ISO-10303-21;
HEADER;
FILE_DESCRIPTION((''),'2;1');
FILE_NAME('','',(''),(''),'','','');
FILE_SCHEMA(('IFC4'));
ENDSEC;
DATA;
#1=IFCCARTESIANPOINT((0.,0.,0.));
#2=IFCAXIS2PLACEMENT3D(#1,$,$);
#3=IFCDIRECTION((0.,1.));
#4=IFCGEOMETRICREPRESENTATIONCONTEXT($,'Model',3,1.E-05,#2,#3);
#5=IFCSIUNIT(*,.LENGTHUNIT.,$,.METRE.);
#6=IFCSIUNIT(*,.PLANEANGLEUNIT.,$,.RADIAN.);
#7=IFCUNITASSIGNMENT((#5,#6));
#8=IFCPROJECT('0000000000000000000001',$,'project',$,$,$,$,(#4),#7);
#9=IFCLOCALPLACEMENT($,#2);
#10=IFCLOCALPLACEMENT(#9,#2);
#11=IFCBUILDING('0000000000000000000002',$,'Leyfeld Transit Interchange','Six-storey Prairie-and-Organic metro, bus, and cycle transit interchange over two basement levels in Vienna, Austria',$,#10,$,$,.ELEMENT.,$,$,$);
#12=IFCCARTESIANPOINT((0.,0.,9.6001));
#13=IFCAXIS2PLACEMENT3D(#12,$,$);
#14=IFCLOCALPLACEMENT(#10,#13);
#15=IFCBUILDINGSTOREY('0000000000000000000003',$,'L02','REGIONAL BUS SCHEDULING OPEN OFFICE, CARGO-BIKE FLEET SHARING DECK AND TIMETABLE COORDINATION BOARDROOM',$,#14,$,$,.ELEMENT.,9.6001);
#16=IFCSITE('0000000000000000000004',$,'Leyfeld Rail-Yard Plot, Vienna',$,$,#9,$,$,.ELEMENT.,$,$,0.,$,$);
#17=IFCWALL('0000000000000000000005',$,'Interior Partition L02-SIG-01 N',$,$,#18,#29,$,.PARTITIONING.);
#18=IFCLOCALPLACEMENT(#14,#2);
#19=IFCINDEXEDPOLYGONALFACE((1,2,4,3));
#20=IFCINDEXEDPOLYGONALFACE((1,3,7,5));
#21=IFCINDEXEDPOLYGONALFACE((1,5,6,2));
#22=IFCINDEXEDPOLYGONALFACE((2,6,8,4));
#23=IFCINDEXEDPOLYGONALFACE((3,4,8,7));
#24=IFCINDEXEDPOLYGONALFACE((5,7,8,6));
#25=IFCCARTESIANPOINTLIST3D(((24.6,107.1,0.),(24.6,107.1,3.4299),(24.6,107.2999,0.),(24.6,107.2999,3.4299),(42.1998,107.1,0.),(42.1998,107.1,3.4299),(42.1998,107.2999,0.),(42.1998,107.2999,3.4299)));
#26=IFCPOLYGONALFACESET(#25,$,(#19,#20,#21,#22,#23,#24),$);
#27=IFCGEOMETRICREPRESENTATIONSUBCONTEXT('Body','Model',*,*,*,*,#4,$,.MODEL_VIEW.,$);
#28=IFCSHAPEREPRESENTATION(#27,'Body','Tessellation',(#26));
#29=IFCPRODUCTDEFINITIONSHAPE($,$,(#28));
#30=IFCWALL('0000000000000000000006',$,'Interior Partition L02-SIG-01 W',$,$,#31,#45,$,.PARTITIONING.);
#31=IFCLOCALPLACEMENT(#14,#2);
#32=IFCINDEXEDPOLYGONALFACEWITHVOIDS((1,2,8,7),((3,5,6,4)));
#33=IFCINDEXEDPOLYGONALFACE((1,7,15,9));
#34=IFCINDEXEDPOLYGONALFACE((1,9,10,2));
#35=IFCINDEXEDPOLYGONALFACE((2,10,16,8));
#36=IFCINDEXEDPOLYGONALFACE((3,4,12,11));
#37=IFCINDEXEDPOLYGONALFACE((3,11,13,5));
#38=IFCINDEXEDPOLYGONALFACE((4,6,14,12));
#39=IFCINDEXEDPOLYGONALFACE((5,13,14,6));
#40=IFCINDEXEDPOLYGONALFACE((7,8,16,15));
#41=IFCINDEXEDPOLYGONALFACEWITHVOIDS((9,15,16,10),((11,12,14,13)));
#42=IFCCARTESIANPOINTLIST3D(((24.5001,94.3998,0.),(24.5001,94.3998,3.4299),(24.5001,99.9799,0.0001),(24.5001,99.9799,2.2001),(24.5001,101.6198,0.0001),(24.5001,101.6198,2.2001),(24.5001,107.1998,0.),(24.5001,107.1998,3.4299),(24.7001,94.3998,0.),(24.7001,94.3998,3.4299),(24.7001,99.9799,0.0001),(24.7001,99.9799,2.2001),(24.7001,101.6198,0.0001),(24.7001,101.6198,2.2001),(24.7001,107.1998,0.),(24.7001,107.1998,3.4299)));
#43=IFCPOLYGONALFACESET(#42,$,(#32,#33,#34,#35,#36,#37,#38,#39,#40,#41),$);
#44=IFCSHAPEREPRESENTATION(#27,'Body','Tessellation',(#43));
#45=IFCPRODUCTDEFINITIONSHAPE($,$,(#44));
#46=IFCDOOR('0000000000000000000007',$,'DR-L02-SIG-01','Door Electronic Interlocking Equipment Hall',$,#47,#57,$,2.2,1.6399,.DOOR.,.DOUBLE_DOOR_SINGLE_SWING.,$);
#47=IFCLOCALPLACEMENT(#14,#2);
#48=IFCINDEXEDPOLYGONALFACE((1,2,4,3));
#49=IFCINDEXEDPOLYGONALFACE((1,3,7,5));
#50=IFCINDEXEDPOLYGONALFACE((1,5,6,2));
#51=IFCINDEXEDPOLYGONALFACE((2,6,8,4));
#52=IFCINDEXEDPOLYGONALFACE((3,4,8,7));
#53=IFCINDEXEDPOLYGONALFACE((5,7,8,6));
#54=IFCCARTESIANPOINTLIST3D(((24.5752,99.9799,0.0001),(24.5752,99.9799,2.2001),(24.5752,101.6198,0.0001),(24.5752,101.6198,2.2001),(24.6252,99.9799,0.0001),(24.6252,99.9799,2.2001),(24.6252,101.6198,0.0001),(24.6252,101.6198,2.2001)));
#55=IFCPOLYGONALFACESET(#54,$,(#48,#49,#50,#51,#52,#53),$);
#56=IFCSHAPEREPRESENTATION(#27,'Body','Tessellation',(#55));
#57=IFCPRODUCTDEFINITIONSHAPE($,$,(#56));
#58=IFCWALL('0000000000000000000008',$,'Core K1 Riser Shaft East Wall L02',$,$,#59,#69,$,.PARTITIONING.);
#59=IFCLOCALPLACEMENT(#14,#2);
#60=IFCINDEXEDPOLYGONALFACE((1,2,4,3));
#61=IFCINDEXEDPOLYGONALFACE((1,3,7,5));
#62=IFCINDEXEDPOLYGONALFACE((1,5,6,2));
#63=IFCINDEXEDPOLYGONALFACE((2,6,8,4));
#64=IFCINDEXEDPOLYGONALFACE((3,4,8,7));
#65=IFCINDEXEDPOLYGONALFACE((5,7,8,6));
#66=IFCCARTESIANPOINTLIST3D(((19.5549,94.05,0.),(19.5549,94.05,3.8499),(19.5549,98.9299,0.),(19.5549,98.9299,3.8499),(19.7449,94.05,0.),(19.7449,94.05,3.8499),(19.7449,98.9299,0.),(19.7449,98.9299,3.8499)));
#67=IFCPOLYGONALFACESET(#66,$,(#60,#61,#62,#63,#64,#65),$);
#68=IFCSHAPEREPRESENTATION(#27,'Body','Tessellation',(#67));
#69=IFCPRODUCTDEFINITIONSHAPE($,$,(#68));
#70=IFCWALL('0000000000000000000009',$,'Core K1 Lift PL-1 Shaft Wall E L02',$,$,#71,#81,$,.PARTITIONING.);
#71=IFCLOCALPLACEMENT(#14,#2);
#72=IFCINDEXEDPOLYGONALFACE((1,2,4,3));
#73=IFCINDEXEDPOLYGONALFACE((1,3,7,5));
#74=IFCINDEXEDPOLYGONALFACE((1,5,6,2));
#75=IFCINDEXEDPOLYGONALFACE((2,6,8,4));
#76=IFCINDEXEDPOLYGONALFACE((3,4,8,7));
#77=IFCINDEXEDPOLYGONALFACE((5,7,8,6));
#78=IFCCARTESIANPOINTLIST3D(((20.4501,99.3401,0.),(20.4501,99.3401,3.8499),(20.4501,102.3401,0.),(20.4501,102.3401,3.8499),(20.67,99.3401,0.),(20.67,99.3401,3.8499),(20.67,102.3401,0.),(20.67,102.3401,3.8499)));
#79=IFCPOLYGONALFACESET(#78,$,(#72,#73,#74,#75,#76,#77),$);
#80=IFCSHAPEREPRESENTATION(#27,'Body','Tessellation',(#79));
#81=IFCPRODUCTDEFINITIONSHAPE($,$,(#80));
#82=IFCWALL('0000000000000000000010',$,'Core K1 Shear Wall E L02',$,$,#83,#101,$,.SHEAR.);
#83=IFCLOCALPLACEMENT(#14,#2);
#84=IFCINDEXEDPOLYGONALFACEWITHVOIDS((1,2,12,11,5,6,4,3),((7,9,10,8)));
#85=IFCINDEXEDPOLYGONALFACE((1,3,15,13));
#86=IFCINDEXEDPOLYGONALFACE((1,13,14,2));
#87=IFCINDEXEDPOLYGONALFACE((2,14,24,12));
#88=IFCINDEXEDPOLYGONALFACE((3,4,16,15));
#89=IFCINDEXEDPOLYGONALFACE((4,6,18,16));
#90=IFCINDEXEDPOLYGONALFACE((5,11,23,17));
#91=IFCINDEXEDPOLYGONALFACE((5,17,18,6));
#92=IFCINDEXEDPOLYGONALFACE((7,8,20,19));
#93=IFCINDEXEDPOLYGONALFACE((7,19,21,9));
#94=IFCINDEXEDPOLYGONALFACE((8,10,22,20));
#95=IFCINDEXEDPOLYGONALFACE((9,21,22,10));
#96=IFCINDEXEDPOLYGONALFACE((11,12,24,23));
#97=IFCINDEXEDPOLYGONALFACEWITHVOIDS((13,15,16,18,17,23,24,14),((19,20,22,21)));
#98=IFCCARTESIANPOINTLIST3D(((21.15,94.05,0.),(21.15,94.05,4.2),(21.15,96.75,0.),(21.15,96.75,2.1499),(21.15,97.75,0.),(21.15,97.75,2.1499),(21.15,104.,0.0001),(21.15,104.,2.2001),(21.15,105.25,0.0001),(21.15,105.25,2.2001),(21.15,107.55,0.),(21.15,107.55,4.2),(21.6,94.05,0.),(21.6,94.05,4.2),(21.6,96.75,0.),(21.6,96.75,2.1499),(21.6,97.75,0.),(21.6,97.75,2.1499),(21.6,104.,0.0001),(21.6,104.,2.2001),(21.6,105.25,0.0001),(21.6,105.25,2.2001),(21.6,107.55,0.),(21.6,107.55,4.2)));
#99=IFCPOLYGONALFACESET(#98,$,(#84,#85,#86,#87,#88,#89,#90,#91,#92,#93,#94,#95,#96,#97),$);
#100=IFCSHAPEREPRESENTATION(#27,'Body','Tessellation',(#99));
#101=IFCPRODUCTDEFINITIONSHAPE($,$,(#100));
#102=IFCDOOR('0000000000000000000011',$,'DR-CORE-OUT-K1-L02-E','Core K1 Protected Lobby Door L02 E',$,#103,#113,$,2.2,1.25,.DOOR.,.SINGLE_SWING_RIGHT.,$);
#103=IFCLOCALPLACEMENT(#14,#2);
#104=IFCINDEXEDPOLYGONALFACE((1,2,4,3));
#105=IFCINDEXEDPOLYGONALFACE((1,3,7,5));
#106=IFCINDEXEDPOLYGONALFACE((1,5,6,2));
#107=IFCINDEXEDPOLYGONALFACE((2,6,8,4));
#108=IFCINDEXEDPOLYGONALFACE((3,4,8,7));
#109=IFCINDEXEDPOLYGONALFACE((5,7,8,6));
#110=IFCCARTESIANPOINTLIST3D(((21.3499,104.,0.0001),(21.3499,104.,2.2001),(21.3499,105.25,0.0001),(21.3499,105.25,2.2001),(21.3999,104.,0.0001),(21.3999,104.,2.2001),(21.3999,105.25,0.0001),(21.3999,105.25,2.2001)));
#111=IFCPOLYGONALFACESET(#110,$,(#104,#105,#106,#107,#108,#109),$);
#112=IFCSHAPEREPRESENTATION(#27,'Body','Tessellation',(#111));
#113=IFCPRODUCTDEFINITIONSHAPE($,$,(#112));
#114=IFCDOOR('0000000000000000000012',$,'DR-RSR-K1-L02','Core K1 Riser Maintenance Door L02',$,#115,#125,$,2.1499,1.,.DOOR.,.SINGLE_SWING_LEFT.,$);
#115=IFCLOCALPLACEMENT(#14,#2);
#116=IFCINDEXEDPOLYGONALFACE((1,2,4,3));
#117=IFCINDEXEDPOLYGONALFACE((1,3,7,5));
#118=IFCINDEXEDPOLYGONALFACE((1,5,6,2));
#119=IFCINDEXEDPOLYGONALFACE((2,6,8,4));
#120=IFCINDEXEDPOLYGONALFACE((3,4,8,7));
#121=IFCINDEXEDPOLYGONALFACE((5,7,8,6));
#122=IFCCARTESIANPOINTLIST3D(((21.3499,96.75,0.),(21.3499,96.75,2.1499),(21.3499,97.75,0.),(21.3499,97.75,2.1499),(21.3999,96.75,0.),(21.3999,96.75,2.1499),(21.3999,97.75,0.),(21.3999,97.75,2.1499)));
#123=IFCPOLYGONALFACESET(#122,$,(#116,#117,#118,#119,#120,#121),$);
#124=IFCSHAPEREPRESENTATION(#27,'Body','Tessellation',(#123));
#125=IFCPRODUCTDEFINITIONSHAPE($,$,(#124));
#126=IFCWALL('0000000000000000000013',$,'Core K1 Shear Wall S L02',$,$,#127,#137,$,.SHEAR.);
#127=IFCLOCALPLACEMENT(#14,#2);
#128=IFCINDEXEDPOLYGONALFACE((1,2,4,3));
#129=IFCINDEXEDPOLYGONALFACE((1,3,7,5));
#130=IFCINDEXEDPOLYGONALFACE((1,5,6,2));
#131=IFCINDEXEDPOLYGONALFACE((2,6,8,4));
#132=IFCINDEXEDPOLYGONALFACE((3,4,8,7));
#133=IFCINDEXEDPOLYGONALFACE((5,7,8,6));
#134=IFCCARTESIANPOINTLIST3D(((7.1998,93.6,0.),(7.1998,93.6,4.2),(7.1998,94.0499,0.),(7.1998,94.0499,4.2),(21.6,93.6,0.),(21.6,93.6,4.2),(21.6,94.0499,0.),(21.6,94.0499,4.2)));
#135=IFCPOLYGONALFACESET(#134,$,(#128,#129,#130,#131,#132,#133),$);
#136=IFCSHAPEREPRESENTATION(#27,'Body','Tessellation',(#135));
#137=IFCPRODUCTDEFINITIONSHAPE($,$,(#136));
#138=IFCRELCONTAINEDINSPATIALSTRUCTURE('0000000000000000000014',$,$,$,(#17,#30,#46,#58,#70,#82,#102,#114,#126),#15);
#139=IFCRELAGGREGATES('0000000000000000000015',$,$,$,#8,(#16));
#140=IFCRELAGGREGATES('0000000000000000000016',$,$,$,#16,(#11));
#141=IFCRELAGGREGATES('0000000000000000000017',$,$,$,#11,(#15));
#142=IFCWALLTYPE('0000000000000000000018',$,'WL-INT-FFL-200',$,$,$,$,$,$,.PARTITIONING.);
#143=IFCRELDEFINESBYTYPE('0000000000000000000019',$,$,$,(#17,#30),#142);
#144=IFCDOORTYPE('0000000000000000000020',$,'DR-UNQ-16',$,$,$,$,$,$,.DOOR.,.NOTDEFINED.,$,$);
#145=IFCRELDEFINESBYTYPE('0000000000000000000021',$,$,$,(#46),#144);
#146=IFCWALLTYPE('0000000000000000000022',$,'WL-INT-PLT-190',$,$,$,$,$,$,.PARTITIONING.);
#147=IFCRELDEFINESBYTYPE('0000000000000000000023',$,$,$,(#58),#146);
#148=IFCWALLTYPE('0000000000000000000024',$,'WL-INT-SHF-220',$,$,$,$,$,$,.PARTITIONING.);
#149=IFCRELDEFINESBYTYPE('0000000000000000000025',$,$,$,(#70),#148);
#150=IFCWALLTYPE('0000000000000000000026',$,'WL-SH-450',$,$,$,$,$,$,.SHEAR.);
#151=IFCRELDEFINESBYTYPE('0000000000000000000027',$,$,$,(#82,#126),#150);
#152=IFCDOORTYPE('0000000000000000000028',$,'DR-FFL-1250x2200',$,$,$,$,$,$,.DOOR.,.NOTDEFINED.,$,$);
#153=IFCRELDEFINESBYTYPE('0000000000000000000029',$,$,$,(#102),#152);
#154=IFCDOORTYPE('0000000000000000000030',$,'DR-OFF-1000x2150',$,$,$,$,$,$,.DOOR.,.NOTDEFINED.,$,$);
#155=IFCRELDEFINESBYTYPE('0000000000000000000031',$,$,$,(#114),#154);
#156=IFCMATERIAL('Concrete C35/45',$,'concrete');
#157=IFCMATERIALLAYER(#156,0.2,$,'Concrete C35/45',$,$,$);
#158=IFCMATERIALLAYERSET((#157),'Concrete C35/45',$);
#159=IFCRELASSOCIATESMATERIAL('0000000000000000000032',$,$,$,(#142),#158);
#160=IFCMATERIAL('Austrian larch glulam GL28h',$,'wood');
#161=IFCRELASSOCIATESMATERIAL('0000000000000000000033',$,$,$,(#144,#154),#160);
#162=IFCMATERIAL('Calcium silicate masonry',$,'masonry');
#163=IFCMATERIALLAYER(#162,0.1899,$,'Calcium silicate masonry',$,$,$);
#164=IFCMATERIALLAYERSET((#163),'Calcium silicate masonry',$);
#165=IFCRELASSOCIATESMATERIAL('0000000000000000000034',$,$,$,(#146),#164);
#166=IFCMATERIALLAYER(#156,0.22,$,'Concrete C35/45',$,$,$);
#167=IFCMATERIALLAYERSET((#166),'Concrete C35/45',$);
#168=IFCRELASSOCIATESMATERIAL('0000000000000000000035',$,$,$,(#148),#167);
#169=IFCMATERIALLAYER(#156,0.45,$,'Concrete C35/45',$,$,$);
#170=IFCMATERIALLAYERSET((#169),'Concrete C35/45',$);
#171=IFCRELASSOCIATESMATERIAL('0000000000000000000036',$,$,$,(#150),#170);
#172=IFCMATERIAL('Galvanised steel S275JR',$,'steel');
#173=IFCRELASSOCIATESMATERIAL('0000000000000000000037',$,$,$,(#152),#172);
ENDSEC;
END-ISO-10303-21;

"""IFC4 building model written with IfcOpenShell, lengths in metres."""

from ifc_helpers import new_model, si_unit, direction, frame, frame_2d, origin, place, context, subcontext, project, spatial, rectangle, extrude, material, layer, layer_set, type_object, element, fill, save


model = new_model("IFC4")

# Units and contexts
model_context = context("Model", 3, precision=1e-05, world=origin(), true_north=direction((0.0, 1.0)))
body_context = subcontext(model_context, "Body", "Model", "MODEL_VIEW")
ifc_project = project(units=[si_unit("LENGTHUNIT", "METRE"), si_unit("PLANEANGLEUNIT", "RADIAN")], contexts=[model_context])

# Site, building, storey
site_placement = place(None, origin())
site = spatial("IfcSite", under=ifc_project, at=site_placement, Name="Leyfeld Rail-Yard Plot, Vienna", CompositionType="ELEMENT", RefElevation=0.0)
building_placement = place(site_placement, origin())
building = spatial("IfcBuilding", under=site, at=building_placement, Name="Leyfeld Transit Interchange", Description="Six-storey Prairie-and-Organic metro, bus, and cycle transit interchange over two basement levels in Vienna, Austria", CompositionType="ELEMENT")
storey_placement = place(building_placement, frame((0.0, 0.0, 9.6001)))
storey = spatial("IfcBuildingStorey", under=building, at=storey_placement, Name="L02", Description="REGIONAL BUS SCHEDULING OPEN OFFICE, CARGO-BIKE FLEET SHARING DECK AND TIMETABLE COORDINATION BOARDROOM", CompositionType="ELEMENT", Elevation=9.6001)

# Shared definitions
ifc_material_1 = material(Name="Concrete C35/45", Category="concrete")

# Wall
ifc_layer_1 = layer(ifc_material_1, 0.2, Name="Concrete C35/45")
ifc_layer_set_1 = layer_set([ifc_layer_1], Name="Concrete C35/45")
wall_type_1 = type_object("IfcWallType", Name="WL-INT-FFL-200", PredefinedType="PARTITIONING", material=ifc_layer_set_1)
wall_1_placement = place(storey_placement, frame((24.6001, 107.2, 0.0), z_axis=(0.0, 0.0, 1.0), x_axis=(1.0, 0.0, 0.0)))
element("IfcWall", 1, at=wall_1_placement, inside=storey, type_object=wall_type_1, Name="Interior Partition L02-SIG-01 N", PredefinedType="PARTITIONING", context=body_context, shape_type="SweptSolid", body=[
    extrude(rectangle(XDim=17.5999, YDim=0.2, at=frame_2d((8.7998, 0.0))), origin(), (0.0, 0.0, 1.0), 3.4299),
])

# Wall, opening, door
wall_2_placement = place(storey_placement, frame((24.6001, 94.3999, 0.0), z_axis=(0.0, 0.0, 1.0), x_axis=(0.0, 1.0, 0.0)))
wall_2 = element("IfcWall", 2, at=wall_2_placement, inside=storey, type_object=wall_type_1, Name="Interior Partition L02-SIG-01 W", PredefinedType="PARTITIONING", context=body_context, shape_type="SweptSolid", body=[
    extrude(rectangle(XDim=12.8, YDim=0.2, at=frame_2d((6.3999, 0.0))), origin(), (0.0, 0.0, 1.0), 3.4299),
])
opening_1_placement = place(wall_2_placement, frame((5.5801, 0.0, 0.0)))
opening_1 = element("IfcOpeningElement", 3, at=opening_1_placement, cuts=wall_2, PredefinedType="OPENING", context=body_context, shape_type="SweptSolid", body=[
    extrude(rectangle(XDim=1.6399, YDim=2.2, at=frame_2d((0.8198, 1.1001))), frame((0.0, 0.1099, 0.0), z_axis=(0.0, -1.0, 0.0), x_axis=(1.0, 0.0, 0.0)), (0.0, 0.0, 1.0), 0.22),
])
ifc_material_2 = material(Name="Austrian larch glulam GL28h", Category="wood")
door_type_1 = type_object("IfcDoorType", Name="DR-UNQ-16", OperationType="NOTDEFINED", PredefinedType="DOOR", material=ifc_material_2)
door_1_placement = place(opening_1_placement, origin())
door_1 = element("IfcDoor", 4, at=door_1_placement, inside=storey, type_object=door_type_1, Name="DR-L02-SIG-01", Description="Door Electronic Interlocking Equipment Hall", OperationType="DOUBLE_DOOR_SINGLE_SWING", OverallHeight=2.2, OverallWidth=1.6399, PredefinedType="DOOR", context=body_context, shape_type="SweptSolid", body=[
    extrude(rectangle(XDim=1.6399, YDim=2.2, at=frame_2d((0.8198, 1.1001))), frame((0.0, 0.0249, 0.0), z_axis=(0.0, -1.0, 0.0), x_axis=(1.0, 0.0, 0.0)), (0.0, 0.0, 1.0), 0.05),
])
fill(opening_1, door_1)

# Walls
ifc_material_3 = material(Name="Calcium silicate masonry", Category="masonry")
ifc_layer_2 = layer(ifc_material_3, 0.1899, Name="Calcium silicate masonry")
ifc_layer_set_2 = layer_set([ifc_layer_2], Name="Calcium silicate masonry")
wall_type_2 = type_object("IfcWallType", Name="WL-INT-PLT-190", PredefinedType="PARTITIONING", material=ifc_layer_set_2)
wall_3_placement = place(storey_placement, frame((19.6499, 94.05, 0.0), z_axis=(0.0, 0.0, 1.0), x_axis=(0.0, 1.0, 0.0)))
element("IfcWall", 5, at=wall_3_placement, inside=storey, type_object=wall_type_2, Name="Core K1 Riser Shaft East Wall L02", PredefinedType="PARTITIONING", context=body_context, shape_type="SweptSolid", body=[
    extrude(rectangle(XDim=4.8799, YDim=0.1899, at=frame_2d((2.4399, 0.0))), origin(), (0.0, 0.0, 1.0), 3.8499),
])
ifc_layer_3 = layer(ifc_material_1, 0.22, Name="Concrete C35/45")
ifc_layer_set_3 = layer_set([ifc_layer_3], Name="Concrete C35/45")
wall_type_3 = type_object("IfcWallType", Name="WL-INT-SHF-220", PredefinedType="PARTITIONING", material=ifc_layer_set_3)
wall_4_placement = place(storey_placement, frame((20.5601, 99.3401, 0.0), z_axis=(0.0, 0.0, 1.0), x_axis=(0.0, 1.0, 0.0)))
element("IfcWall", 6, at=wall_4_placement, inside=storey, type_object=wall_type_3, Name="Core K1 Lift PL-1 Shaft Wall E L02", PredefinedType="PARTITIONING", context=body_context, shape_type="SweptSolid", body=[
    extrude(rectangle(XDim=3.0, YDim=0.22, at=frame_2d((1.5, 0.0))), origin(), (0.0, 0.0, 1.0), 3.8499),
])

# Wall, openings, doors
ifc_layer_4 = layer(ifc_material_1, 0.45, Name="Concrete C35/45")
ifc_layer_set_4 = layer_set([ifc_layer_4], Name="Concrete C35/45")
wall_type_4 = type_object("IfcWallType", Name="WL-SH-450", PredefinedType="SHEAR", material=ifc_layer_set_4)
wall_5_placement = place(storey_placement, frame((21.375, 107.55, 0.0), z_axis=(0.0, 0.0, 1.0), x_axis=(0.0, -1.0, 0.0)))
wall_5 = element("IfcWall", 7, at=wall_5_placement, inside=storey, type_object=wall_type_4, Name="Core K1 Shear Wall E L02", PredefinedType="SHEAR", context=body_context, shape_type="SweptSolid", body=[
    extrude(rectangle(XDim=13.5, YDim=0.45, at=frame_2d((6.75, 0.0))), origin(), (0.0, 0.0, 1.0), 4.2),
])
opening_2_placement = place(wall_5_placement, frame((9.8, 0.0, 0.0)))
opening_2 = element("IfcOpeningElement", 8, at=opening_2_placement, cuts=wall_5, PredefinedType="OPENING", context=body_context, shape_type="SweptSolid", body=[
    extrude(rectangle(XDim=1.0, YDim=2.1499, at=frame_2d((0.5, 1.075))), frame((0.0, 0.2349, 0.0), z_axis=(0.0, -1.0, 0.0), x_axis=(1.0, 0.0, 0.0)), (0.0, 0.0, 1.0), 0.47),
])
opening_3_placement = place(wall_5_placement, frame((2.3, 0.0, 0.0)))
opening_3 = element("IfcOpeningElement", 9, at=opening_3_placement, cuts=wall_5, PredefinedType="OPENING", context=body_context, shape_type="SweptSolid", body=[
    extrude(rectangle(XDim=1.25, YDim=2.2, at=frame_2d((0.625, 1.1001))), frame((0.0, 0.2349, 0.0), z_axis=(0.0, -1.0, 0.0), x_axis=(1.0, 0.0, 0.0)), (0.0, 0.0, 1.0), 0.47),
])
ifc_material_4 = material(Name="Galvanised steel S275JR", Category="steel")
door_type_2 = type_object("IfcDoorType", Name="DR-FFL-1250x2200", OperationType="NOTDEFINED", PredefinedType="DOOR", material=ifc_material_4)
door_2_placement = place(opening_3_placement, origin())
door_2 = element("IfcDoor", 10, at=door_2_placement, inside=storey, type_object=door_type_2, Name="DR-CORE-OUT-K1-L02-E", Description="Core K1 Protected Lobby Door L02 E", OperationType="SINGLE_SWING_RIGHT", OverallHeight=2.2, OverallWidth=1.25, PredefinedType="DOOR", context=body_context, shape_type="SweptSolid", body=[
    extrude(rectangle(XDim=1.25, YDim=2.2, at=frame_2d((0.625, 1.1001))), frame((0.0, 0.0249, 0.0), z_axis=(0.0, -1.0, 0.0), x_axis=(1.0, 0.0, 0.0)), (0.0, 0.0, 1.0), 0.05),
])
fill(opening_3, door_2)
door_type_3 = type_object("IfcDoorType", Name="DR-OFF-1000x2150", OperationType="NOTDEFINED", PredefinedType="DOOR", material=ifc_material_2)
door_3_placement = place(opening_2_placement, origin())
door_3 = element("IfcDoor", 11, at=door_3_placement, inside=storey, type_object=door_type_3, Name="DR-RSR-K1-L02", Description="Core K1 Riser Maintenance Door L02", OperationType="SINGLE_SWING_LEFT", OverallHeight=2.1499, OverallWidth=1.0, PredefinedType="DOOR", context=body_context, shape_type="SweptSolid", body=[
    extrude(rectangle(XDim=1.0, YDim=2.1499, at=frame_2d((0.5, 1.075))), frame((0.0, 0.0249, 0.0), z_axis=(0.0, -1.0, 0.0), x_axis=(1.0, 0.0, 0.0)), (0.0, 0.0, 1.0), 0.05),
])
fill(opening_2, door_3)

# Wall
wall_6_placement = place(storey_placement, frame((21.6001, 93.825, 0.0), z_axis=(0.0, 0.0, 1.0), x_axis=(-1.0, 0.0, 0.0)))
element("IfcWall", 12, at=wall_6_placement, inside=storey, type_object=wall_type_4, Name="Core K1 Shear Wall S L02", PredefinedType="SHEAR", context=body_context, shape_type="SweptSolid", body=[
    extrude(rectangle(XDim=14.4001, YDim=0.45, at=frame_2d((7.2002, 0.0))), origin(), (0.0, 0.0, 1.0), 4.2),
])

save(model, "model.ifc")
